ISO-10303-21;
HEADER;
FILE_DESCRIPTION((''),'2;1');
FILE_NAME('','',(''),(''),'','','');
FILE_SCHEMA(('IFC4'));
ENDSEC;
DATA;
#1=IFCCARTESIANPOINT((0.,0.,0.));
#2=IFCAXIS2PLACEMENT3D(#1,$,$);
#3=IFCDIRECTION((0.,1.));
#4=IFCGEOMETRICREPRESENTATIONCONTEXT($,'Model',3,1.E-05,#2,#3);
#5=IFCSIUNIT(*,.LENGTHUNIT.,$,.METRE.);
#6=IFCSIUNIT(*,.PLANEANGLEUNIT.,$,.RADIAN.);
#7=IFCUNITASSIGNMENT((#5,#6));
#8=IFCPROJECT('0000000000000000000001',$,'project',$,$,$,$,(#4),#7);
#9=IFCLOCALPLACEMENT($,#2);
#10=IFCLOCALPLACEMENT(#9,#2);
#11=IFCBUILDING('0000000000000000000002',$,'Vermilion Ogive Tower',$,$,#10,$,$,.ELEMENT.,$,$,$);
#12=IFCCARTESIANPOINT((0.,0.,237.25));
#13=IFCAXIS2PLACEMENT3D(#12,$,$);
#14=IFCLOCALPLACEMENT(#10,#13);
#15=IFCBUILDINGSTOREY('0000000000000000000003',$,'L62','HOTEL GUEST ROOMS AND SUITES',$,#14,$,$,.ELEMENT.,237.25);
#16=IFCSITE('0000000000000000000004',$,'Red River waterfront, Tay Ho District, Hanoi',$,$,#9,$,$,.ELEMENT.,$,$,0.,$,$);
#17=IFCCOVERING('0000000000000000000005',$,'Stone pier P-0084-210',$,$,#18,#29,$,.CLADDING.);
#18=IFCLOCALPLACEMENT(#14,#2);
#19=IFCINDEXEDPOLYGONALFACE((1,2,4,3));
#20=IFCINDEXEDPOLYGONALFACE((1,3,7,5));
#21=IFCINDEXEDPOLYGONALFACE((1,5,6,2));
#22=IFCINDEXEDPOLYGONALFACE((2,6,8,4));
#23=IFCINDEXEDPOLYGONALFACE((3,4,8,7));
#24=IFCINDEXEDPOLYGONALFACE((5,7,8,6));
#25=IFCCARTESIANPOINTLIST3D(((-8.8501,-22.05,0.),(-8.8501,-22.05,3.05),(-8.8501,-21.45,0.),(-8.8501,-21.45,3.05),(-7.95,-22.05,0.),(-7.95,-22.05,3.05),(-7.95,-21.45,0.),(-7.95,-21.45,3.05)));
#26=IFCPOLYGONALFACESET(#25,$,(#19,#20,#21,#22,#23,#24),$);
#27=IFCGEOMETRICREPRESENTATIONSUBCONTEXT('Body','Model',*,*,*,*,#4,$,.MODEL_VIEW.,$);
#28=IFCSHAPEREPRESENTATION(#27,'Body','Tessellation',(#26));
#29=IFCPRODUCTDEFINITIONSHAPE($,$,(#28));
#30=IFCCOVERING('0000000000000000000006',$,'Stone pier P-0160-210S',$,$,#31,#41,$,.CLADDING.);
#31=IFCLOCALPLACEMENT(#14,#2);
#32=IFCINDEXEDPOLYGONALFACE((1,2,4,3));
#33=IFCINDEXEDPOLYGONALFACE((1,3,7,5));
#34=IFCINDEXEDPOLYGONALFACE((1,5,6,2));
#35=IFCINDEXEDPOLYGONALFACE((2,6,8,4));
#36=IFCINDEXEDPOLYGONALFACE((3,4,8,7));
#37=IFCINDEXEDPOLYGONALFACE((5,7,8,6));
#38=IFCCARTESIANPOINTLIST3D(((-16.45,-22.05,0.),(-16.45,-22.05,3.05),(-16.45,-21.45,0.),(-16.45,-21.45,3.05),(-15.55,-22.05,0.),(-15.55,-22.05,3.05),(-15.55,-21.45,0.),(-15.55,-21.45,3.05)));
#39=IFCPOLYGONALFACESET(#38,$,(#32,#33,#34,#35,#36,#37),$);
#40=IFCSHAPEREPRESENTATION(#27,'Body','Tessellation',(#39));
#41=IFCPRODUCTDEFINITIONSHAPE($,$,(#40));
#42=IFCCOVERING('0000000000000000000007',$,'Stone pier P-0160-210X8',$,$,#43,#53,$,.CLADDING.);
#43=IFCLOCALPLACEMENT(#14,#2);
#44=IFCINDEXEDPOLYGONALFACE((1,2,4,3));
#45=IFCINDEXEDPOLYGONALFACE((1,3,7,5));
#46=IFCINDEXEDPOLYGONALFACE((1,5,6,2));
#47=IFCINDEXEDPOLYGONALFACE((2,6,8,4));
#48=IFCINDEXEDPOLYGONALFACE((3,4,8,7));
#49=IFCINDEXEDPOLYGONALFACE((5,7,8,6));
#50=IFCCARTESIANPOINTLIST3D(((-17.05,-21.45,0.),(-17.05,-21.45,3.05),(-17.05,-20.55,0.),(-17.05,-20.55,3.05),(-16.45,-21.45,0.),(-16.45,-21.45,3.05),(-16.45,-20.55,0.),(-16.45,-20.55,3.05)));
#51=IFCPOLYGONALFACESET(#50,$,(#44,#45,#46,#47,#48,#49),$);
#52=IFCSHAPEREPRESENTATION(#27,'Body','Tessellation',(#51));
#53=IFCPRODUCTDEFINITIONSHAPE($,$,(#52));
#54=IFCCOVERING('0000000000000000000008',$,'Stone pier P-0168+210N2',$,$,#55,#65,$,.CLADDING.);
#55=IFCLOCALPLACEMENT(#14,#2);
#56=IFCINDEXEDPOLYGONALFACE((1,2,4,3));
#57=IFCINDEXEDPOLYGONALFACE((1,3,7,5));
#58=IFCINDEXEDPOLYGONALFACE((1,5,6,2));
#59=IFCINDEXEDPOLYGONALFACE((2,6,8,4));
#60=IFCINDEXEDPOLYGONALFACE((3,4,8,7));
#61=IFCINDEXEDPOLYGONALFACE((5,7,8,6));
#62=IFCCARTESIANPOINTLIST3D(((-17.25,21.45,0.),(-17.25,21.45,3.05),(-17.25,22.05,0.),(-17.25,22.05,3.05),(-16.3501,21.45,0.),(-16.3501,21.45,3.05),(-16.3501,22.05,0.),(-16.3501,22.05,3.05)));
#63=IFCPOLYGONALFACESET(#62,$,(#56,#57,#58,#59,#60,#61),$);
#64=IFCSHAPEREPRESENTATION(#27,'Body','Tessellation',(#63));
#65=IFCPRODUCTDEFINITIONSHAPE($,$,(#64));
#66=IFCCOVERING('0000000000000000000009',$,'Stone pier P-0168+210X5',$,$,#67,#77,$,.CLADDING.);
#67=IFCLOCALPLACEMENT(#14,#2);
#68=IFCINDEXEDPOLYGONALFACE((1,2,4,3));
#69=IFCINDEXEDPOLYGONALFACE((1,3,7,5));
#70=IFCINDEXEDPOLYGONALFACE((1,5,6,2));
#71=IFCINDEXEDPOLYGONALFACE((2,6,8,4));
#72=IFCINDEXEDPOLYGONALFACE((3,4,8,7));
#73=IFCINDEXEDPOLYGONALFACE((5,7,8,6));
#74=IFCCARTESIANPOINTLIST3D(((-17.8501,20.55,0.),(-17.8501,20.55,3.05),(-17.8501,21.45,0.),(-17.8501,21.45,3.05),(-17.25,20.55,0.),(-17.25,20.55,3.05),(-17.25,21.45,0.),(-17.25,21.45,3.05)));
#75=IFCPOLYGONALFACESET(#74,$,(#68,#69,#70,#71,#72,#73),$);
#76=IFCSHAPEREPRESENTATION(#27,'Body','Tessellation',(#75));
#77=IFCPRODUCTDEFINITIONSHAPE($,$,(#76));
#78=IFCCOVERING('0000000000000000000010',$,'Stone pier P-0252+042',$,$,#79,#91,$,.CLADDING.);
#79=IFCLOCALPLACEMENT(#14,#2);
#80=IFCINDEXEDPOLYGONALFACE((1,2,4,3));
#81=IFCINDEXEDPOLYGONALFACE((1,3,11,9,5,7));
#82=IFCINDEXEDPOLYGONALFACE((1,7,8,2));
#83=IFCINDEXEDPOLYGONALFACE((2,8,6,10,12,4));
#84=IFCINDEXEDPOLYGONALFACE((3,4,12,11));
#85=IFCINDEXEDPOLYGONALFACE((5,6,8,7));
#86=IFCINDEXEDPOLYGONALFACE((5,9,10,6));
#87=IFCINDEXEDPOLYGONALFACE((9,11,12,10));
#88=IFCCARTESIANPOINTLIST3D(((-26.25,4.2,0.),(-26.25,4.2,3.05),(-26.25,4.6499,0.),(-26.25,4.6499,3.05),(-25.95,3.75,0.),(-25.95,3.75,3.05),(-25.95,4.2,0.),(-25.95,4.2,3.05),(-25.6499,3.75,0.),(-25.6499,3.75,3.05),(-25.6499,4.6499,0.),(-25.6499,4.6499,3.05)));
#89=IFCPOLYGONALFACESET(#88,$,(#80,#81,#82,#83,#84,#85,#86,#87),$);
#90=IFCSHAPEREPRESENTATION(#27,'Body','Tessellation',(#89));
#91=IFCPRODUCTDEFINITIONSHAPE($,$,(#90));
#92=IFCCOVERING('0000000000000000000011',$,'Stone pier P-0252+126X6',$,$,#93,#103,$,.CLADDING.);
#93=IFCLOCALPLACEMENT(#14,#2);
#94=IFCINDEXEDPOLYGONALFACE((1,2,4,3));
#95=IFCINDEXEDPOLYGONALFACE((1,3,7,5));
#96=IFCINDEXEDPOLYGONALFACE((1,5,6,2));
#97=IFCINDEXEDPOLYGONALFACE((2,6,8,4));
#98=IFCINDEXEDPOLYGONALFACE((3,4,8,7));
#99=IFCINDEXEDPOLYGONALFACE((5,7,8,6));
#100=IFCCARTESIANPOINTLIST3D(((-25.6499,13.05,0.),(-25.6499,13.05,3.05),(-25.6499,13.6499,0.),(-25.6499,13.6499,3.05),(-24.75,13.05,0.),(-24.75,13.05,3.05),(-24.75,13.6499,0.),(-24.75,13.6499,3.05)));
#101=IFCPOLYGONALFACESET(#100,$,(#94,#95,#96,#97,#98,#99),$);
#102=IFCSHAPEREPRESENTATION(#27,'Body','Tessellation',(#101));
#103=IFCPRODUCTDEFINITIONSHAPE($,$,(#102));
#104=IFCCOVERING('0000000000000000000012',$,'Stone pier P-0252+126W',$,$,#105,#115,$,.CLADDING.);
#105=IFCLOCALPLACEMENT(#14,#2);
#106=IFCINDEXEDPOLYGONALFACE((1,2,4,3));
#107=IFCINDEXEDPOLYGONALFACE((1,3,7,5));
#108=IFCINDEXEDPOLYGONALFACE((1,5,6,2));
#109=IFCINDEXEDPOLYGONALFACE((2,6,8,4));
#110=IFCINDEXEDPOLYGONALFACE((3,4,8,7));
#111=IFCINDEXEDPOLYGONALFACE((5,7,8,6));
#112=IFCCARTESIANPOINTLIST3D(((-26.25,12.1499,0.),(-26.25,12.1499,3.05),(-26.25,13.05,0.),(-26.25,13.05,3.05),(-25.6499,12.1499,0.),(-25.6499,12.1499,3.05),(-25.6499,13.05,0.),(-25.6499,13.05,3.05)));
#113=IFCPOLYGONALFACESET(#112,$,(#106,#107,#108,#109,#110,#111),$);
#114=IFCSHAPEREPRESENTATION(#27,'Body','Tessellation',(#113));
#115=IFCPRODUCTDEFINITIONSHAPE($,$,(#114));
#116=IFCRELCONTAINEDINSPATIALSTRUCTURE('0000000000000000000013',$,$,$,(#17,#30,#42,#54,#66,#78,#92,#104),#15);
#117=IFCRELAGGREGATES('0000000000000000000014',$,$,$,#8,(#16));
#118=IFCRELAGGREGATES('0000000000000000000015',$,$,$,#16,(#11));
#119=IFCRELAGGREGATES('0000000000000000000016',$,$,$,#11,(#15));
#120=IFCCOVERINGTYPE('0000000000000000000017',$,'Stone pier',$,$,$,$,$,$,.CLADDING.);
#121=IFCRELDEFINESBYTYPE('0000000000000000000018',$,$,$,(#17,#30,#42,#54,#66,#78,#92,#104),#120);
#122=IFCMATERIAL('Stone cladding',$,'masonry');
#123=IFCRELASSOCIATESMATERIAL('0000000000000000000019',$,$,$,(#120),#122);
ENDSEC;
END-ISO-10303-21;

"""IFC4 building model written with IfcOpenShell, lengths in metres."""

from ifc_helpers import new_model, si_unit, direction, frame, origin, place, context, subcontext, project, spatial, polyline, outline, extrude, material, type_object, element, save


model = new_model("IFC4")

# Units and contexts
model_context = context("Model", 3, precision=1e-05, world=origin(), true_north=direction((0.0, 1.0)))
body_context = subcontext(model_context, "Body", "Model", "MODEL_VIEW")
ifc_project = project(units=[si_unit("LENGTHUNIT", "METRE"), si_unit("PLANEANGLEUNIT", "RADIAN")], contexts=[model_context])

# Site, building, storey
site_placement = place(None, origin())
site = spatial("IfcSite", under=ifc_project, at=site_placement, Name="Red River waterfront, Tay Ho District, Hanoi", CompositionType="ELEMENT", RefElevation=0.0)
building_placement = place(site_placement, origin())
building = spatial("IfcBuilding", under=site, at=building_placement, Name="Vermilion Ogive Tower", CompositionType="ELEMENT")
storey_placement = place(building_placement, frame((0.0, 0.0, 237.25)))
storey = spatial("IfcBuildingStorey", under=building, at=storey_placement, Name="L62", Description="HOTEL GUEST ROOMS AND SUITES", CompositionType="ELEMENT", Elevation=237.25)

# Coverings
ifc_material_1 = material(Name="Stone cladding", Category="masonry")
covering_type = type_object("IfcCoveringType", Name="Stone pier", PredefinedType="CLADDING", material=ifc_material_1)
covering_1_placement = place(storey_placement, origin())
element("IfcCovering", 1, at=covering_1_placement, inside=storey, type_object=covering_type, Name="Stone pier P-0084-210", PredefinedType="CLADDING", context=body_context, shape_type="SweptSolid", body=[
    extrude(outline(polyline([(-7.95, -21.45), (-7.95, -22.05), (-8.8501, -22.05), (-8.8501, -21.45), (-8.8501, -21.45), (-7.95, -21.45)])), origin(), (0.0, 0.0, 1.0), 3.05),
])
covering_2_placement = place(storey_placement, origin())
element("IfcCovering", 2, at=covering_2_placement, inside=storey, type_object=covering_type, Name="Stone pier P-0160-210S", PredefinedType="CLADDING", context=body_context, shape_type="SweptSolid", body=[
    extrude(outline(polyline([(-15.55, -22.05), (-16.45, -22.05), (-16.45, -21.45), (-15.55, -21.45), (-15.55, -22.05)])), origin(), (0.0, 0.0, 1.0), 3.05),
])
covering_3_placement = place(storey_placement, origin())
element("IfcCovering", 3, at=covering_3_placement, inside=storey, type_object=covering_type, Name="Stone pier P-0160-210X8", PredefinedType="CLADDING", context=body_context, shape_type="SweptSolid", body=[
    extrude(outline(polyline([(-17.05, -20.55), (-16.45, -20.55), (-16.45, -21.45), (-17.05, -21.45), (-17.05, -20.55)])), origin(), (0.0, 0.0, 1.0), 3.05),
])
covering_4_placement = place(storey_placement, origin())
element("IfcCovering", 4, at=covering_4_placement, inside=storey, type_object=covering_type, Name="Stone pier P-0168+210N2", PredefinedType="CLADDING", context=body_context, shape_type="SweptSolid", body=[
    extrude(outline(polyline([(-17.25, 21.45), (-17.25, 22.05), (-16.3501, 22.05), (-16.3501, 21.45), (-17.25, 21.45), (-17.25, 21.45)])), origin(), (0.0, 0.0, 1.0), 3.05),
])
covering_5_placement = place(storey_placement, origin())
element("IfcCovering", 5, at=covering_5_placement, inside=storey, type_object=covering_type, Name="Stone pier P-0168+210X5", PredefinedType="CLADDING", context=body_context, shape_type="SweptSolid", body=[
    extrude(outline(polyline([(-17.8501, 21.45), (-17.25, 21.45), (-17.25, 21.45), (-17.25, 20.55), (-17.8501, 20.55), (-17.8501, 21.45)])), origin(), (0.0, 0.0, 1.0), 3.05),
])
covering_6_placement = place(storey_placement, origin())
element("IfcCovering", 6, at=covering_6_placement, inside=storey, type_object=covering_type, Name="Stone pier P-0252+042", PredefinedType="CLADDING", context=body_context, shape_type="SweptSolid", body=[
    extrude(outline(polyline([(-25.95, 3.75), (-25.95, 4.2), (-26.25, 4.2), (-26.25, 4.6499), (-25.6499, 4.6499), (-25.6499, 3.75), (-25.95, 3.75)])), origin(), (0.0, 0.0, 1.0), 3.05),
])
covering_7_placement = place(storey_placement, origin())
element("IfcCovering", 7, at=covering_7_placement, inside=storey, type_object=covering_type, Name="Stone pier P-0252+126X6", PredefinedType="CLADDING", context=body_context, shape_type="SweptSolid", body=[
    extrude(outline(polyline([(-25.6499, 13.05), (-25.6499, 13.6499), (-24.75, 13.6499), (-24.75, 13.05), (-24.75, 13.05), (-25.6499, 13.05)])), origin(), (0.0, 0.0, 1.0), 3.05),
])
covering_8_placement = place(storey_placement, origin())
element("IfcCovering", 8, at=covering_8_placement, inside=storey, type_object=covering_type, Name="Stone pier P-0252+126W", PredefinedType="CLADDING", context=body_context, shape_type="SweptSolid", body=[
    extrude(outline(polyline([(-26.25, 13.05), (-25.6499, 13.05), (-25.6499, 12.1499), (-26.25, 12.1499), (-26.25, 13.05)])), origin(), (0.0, 0.0, 1.0), 3.05),
])

save(model, "model.ifc")
